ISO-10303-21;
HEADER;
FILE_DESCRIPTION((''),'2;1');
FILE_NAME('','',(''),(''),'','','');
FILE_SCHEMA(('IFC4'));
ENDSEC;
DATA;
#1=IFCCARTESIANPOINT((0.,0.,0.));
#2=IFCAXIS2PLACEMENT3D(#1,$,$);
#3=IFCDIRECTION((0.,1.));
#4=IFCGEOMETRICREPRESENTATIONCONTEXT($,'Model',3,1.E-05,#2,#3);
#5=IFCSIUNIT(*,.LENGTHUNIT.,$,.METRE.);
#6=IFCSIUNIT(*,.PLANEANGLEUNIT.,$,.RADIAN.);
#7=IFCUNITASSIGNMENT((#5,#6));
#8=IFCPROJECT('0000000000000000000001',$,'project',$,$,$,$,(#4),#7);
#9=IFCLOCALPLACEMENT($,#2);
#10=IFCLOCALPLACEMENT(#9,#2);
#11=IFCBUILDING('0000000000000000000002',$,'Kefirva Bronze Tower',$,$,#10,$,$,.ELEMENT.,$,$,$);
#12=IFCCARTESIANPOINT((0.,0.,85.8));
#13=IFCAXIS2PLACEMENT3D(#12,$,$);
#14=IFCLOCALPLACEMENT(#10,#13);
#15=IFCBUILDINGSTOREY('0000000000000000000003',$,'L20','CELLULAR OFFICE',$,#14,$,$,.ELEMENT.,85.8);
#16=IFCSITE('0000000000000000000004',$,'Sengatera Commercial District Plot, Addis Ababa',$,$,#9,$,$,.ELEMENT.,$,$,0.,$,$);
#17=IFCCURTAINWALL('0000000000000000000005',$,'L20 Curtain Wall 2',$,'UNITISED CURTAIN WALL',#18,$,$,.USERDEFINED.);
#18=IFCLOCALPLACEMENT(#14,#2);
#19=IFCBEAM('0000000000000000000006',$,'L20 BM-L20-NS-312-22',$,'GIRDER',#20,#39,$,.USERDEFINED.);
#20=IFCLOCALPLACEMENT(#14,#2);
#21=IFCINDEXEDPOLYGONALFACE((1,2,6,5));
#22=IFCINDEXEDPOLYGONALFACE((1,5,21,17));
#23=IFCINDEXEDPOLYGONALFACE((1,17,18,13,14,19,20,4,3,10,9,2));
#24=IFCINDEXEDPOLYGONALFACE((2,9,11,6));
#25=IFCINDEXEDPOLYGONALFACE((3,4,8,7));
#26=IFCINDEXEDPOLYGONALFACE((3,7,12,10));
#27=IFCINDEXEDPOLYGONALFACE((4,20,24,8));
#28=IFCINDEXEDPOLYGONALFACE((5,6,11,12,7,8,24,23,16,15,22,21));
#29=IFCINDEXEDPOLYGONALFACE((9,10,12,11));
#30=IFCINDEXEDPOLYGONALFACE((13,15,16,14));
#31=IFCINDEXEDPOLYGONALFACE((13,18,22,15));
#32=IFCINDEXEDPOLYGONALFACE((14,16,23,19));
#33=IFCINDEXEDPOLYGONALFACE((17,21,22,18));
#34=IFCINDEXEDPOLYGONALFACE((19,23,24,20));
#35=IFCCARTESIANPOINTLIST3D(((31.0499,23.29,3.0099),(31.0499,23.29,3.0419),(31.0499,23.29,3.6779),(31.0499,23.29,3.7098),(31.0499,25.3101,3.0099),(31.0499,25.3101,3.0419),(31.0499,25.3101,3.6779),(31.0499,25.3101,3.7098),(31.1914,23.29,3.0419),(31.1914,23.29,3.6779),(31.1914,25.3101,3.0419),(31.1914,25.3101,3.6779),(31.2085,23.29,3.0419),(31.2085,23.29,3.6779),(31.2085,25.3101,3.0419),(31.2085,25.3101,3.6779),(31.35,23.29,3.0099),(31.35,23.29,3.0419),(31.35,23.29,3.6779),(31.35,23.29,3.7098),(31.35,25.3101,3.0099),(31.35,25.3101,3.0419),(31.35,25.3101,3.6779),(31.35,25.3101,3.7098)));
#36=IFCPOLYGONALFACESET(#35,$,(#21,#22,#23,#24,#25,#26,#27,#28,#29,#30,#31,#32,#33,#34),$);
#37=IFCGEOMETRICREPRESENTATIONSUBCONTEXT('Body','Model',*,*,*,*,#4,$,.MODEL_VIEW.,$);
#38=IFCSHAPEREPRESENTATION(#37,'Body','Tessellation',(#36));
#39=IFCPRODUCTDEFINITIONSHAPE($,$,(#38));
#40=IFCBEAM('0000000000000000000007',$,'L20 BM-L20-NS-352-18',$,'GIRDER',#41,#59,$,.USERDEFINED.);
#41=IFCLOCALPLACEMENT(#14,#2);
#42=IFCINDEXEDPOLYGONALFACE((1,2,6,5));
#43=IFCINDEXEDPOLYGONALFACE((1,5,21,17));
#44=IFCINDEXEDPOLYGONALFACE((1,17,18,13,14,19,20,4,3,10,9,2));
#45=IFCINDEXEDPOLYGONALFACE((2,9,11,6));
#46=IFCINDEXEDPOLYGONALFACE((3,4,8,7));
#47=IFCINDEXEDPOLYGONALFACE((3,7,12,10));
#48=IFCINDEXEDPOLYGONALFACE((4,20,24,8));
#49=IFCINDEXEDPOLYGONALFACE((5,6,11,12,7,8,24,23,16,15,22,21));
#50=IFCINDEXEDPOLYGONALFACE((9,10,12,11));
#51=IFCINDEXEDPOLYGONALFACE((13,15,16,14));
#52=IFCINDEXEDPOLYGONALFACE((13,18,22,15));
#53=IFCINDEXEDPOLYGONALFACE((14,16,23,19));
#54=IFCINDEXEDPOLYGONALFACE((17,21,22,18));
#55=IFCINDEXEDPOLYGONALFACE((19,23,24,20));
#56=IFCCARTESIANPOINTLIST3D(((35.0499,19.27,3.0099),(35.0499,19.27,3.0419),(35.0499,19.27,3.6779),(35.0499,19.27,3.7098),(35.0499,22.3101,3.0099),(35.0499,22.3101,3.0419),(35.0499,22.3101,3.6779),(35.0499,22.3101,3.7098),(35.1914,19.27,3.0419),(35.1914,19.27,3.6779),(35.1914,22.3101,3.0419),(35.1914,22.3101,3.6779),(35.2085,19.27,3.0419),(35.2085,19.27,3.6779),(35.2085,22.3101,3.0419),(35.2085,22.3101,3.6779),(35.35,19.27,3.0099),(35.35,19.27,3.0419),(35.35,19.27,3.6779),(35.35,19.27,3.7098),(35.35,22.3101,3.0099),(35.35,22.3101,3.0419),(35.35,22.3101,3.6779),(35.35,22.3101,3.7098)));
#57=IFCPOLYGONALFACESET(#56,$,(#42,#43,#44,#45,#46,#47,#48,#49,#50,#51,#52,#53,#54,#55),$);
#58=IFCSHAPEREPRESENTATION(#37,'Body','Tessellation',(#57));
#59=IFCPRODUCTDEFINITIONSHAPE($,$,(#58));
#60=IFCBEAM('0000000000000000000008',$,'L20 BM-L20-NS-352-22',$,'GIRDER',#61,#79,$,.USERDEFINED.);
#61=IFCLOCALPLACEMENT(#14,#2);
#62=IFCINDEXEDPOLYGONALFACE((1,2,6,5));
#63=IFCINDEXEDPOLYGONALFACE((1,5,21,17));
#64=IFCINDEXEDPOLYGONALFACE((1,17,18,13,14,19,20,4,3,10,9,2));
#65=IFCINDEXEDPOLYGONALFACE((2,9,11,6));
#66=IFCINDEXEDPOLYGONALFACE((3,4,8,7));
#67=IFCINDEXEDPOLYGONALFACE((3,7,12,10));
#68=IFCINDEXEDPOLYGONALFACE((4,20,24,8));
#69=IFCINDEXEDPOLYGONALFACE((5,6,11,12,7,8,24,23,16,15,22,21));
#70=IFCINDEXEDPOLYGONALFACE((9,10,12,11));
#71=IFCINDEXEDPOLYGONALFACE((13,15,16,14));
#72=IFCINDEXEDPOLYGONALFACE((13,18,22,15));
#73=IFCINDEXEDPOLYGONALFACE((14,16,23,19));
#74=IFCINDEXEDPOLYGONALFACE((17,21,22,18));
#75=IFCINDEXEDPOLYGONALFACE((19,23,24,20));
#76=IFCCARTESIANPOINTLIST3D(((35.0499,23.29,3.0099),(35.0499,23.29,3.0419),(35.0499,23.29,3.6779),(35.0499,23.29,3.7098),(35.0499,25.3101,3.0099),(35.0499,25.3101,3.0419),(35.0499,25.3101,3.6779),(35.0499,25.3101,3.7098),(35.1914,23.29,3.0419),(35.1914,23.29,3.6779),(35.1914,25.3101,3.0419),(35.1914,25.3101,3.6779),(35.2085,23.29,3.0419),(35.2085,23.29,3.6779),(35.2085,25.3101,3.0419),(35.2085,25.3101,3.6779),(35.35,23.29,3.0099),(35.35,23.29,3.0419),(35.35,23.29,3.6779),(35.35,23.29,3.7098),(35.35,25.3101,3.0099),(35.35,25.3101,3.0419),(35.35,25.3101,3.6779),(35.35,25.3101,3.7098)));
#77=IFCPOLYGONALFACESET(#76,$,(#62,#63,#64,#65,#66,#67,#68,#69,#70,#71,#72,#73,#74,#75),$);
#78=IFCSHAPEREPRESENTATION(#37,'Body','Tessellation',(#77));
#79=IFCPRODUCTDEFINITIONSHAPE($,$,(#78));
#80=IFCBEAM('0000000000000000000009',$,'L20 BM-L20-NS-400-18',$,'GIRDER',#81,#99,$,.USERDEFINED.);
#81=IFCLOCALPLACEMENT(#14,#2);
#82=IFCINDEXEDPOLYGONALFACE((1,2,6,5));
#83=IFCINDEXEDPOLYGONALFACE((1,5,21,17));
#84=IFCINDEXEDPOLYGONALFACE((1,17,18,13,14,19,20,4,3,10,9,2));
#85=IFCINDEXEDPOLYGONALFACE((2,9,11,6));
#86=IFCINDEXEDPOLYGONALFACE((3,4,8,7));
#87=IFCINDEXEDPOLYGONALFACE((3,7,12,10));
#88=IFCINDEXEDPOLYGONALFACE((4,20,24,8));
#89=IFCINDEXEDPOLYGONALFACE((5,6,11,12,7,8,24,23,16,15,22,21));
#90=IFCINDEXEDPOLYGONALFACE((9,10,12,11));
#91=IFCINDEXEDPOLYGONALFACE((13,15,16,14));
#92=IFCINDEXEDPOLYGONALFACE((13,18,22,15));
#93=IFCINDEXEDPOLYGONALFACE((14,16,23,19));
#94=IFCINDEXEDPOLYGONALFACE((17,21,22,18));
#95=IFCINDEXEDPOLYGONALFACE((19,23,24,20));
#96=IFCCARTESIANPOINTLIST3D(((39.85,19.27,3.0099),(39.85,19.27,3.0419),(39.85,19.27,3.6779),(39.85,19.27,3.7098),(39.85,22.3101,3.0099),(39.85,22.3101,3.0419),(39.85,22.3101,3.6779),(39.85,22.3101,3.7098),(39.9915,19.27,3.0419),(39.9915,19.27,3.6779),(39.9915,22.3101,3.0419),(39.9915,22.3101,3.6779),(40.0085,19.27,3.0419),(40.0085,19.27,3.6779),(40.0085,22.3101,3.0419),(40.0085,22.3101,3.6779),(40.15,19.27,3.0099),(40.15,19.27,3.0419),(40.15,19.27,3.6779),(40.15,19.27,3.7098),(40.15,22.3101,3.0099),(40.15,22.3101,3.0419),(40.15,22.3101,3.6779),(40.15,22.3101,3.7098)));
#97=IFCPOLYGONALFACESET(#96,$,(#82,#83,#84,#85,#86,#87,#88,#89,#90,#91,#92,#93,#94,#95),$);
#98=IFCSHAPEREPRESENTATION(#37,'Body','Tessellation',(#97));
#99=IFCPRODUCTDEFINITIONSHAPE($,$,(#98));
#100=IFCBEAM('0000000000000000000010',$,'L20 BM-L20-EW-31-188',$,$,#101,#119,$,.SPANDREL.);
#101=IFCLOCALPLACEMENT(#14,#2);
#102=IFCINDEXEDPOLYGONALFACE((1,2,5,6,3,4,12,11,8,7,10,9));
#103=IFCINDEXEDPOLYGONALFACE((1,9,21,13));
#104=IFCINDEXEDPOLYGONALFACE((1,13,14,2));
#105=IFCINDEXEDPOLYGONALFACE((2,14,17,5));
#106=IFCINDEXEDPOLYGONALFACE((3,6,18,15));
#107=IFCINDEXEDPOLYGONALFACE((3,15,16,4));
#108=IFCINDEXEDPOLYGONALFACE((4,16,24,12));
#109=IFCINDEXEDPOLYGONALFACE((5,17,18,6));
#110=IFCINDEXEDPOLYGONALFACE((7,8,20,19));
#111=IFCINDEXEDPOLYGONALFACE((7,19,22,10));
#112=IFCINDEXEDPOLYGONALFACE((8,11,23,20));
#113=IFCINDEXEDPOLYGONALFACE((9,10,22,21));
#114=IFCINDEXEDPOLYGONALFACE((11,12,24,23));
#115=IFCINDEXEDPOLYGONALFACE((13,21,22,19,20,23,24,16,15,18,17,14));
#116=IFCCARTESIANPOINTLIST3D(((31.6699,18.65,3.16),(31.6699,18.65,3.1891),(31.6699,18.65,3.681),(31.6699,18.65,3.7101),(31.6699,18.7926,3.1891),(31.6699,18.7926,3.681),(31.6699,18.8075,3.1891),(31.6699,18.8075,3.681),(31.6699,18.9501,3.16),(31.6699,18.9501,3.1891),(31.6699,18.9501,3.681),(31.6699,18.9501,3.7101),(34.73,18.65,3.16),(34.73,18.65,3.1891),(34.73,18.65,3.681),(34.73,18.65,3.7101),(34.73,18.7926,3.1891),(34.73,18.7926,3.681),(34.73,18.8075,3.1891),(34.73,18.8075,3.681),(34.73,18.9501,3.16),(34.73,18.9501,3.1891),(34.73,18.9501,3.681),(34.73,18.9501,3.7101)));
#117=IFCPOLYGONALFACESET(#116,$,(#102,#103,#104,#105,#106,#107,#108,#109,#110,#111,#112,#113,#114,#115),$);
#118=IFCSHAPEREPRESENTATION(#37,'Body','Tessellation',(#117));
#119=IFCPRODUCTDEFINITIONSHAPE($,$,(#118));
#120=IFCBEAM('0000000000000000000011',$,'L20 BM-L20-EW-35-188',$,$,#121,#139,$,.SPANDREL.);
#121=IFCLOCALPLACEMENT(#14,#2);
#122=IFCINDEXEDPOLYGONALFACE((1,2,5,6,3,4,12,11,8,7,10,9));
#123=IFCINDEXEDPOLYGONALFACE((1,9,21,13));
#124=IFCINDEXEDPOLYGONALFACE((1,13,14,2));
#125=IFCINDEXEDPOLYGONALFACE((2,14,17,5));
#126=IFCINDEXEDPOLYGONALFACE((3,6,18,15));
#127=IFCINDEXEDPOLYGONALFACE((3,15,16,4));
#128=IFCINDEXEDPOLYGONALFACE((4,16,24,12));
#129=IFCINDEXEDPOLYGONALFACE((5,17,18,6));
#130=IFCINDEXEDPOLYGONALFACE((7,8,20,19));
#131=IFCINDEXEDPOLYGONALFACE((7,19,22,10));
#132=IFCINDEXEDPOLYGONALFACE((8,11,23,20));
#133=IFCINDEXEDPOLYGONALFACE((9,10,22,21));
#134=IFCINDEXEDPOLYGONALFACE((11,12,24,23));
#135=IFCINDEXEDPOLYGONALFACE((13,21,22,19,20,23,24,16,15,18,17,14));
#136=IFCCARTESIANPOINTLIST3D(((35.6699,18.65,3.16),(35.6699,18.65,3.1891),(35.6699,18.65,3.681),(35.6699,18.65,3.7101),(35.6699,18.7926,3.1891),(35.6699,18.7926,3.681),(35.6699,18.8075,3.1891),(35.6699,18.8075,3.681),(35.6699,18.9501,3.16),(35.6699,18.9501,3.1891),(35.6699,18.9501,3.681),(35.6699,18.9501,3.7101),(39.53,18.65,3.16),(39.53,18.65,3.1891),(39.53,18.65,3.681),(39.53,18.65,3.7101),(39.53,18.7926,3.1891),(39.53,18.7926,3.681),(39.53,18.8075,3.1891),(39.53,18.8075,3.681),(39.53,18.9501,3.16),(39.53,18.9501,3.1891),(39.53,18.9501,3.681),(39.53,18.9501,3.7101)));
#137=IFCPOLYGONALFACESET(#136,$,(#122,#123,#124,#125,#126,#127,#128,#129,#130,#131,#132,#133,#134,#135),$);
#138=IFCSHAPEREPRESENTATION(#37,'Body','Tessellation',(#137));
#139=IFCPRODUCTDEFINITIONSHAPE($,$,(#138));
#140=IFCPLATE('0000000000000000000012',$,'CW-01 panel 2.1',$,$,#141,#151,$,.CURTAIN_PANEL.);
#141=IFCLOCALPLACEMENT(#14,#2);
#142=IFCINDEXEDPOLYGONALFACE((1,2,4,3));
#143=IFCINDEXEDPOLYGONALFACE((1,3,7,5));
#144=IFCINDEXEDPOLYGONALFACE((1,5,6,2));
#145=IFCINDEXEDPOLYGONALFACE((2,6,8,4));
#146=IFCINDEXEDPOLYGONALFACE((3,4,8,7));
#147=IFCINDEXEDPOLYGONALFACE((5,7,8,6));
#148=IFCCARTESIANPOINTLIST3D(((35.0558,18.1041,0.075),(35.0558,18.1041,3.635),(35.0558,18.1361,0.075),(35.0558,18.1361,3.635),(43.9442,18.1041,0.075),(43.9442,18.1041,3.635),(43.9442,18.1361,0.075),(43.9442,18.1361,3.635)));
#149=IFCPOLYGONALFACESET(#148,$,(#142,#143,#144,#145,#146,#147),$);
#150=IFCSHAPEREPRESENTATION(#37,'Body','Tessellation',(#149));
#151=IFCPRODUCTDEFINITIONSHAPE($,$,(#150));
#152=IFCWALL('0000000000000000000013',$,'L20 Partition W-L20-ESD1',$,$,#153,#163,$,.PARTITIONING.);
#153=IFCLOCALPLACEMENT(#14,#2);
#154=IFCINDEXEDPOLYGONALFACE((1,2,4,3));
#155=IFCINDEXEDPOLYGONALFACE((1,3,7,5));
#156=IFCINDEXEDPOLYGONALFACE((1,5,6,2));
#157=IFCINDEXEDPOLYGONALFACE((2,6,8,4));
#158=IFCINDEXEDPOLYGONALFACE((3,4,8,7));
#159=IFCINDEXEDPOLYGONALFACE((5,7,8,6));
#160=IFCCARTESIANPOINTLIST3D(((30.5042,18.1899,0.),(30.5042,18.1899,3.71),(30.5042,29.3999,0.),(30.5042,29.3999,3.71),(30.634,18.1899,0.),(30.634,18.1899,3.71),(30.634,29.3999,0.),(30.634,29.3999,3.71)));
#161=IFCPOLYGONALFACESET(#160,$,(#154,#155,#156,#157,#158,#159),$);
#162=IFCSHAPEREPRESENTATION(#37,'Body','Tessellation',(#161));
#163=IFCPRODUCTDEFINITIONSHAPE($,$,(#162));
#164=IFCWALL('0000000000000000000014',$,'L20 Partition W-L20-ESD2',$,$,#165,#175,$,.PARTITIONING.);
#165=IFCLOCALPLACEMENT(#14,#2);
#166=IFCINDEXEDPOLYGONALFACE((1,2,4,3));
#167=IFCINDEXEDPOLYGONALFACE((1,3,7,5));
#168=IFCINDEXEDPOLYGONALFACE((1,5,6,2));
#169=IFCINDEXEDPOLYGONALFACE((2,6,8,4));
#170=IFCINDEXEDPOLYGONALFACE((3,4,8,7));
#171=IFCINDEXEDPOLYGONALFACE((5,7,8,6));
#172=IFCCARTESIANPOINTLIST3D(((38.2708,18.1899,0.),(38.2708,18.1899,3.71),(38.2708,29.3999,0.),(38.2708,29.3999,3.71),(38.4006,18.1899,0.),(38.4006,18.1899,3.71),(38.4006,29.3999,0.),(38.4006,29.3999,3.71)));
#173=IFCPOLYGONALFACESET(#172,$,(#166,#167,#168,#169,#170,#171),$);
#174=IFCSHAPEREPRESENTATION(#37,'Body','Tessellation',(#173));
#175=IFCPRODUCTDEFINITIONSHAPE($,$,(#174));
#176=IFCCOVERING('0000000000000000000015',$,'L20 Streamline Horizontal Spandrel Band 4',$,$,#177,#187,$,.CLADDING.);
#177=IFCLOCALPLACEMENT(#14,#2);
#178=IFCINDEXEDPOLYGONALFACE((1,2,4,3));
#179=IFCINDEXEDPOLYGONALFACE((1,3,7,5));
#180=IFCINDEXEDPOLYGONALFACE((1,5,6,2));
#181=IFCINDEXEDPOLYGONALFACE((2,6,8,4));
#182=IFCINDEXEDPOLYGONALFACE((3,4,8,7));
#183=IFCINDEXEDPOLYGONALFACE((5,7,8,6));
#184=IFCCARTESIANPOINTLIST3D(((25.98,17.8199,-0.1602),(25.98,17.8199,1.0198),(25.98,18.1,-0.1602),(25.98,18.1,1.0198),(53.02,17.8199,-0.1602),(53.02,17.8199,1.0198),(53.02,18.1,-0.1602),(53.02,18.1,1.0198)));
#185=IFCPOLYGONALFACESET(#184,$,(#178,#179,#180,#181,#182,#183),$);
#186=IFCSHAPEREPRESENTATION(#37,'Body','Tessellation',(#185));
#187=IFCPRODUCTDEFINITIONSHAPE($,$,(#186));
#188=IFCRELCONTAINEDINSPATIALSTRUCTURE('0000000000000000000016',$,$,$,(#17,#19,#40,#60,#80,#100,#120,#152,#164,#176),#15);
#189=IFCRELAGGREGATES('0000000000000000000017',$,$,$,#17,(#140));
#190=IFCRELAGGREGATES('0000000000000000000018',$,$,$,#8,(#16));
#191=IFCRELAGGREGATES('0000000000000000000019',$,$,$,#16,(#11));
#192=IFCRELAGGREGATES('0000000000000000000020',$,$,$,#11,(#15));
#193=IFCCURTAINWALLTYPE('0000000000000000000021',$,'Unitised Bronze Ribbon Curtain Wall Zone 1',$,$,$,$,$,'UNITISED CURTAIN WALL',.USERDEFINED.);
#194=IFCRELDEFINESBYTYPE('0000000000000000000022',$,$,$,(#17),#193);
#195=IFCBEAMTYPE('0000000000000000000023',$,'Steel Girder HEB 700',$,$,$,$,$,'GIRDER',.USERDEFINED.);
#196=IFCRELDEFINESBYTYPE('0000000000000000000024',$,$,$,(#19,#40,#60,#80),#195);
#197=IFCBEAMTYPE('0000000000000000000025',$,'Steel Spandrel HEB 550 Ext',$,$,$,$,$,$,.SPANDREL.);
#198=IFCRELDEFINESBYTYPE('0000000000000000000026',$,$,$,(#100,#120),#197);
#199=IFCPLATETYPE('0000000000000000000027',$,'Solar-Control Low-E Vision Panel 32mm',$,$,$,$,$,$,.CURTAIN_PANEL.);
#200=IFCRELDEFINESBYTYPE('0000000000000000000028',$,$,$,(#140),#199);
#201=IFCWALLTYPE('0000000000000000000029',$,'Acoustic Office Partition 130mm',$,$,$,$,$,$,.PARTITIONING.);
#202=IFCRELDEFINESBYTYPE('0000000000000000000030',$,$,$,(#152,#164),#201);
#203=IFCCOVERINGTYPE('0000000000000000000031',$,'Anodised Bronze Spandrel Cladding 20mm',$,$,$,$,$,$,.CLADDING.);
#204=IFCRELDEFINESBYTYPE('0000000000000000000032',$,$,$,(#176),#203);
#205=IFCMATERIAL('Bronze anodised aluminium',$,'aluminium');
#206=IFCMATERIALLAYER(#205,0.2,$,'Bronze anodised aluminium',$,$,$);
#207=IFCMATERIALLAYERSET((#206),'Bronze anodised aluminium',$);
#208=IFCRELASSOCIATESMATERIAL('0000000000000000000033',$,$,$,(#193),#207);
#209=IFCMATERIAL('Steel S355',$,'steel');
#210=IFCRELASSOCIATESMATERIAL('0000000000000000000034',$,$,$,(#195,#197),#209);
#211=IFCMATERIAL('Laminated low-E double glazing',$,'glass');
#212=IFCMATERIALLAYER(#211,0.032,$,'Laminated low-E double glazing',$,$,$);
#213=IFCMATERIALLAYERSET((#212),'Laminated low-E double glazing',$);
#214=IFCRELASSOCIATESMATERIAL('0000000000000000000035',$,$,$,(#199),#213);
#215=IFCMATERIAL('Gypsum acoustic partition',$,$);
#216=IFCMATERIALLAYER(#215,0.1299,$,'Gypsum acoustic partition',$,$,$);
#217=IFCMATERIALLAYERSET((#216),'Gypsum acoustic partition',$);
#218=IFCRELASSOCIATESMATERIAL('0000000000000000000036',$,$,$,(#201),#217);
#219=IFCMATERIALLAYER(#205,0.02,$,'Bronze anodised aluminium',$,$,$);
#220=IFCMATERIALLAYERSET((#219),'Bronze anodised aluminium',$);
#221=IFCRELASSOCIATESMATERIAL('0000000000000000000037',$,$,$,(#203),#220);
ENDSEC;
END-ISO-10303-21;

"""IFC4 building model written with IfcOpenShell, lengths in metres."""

from ifc_helpers import new_model, si_unit, direction, frame, frame_2d, origin, origin_2d, place, context, subcontext, project, spatial, rectangle, i_section, extrude, material, layer, layer_set, material_profile, profile_set, type_object, element, aggregate, save


model = new_model("IFC4")

# Units and contexts
model_context = context("Model", 3, precision=1e-05, world=origin(), true_north=direction((0.0, 1.0)))
body_context = subcontext(model_context, "Body", "Model", "MODEL_VIEW")
ifc_project = project(units=[si_unit("LENGTHUNIT", "METRE"), si_unit("PLANEANGLEUNIT", "RADIAN")], contexts=[model_context])

# Site, building, storey
site_placement = place(None, origin())
site = spatial("IfcSite", under=ifc_project, at=site_placement, Name="Sengatera Commercial District Plot, Addis Ababa", CompositionType="ELEMENT", RefElevation=0.0)
building_placement = place(site_placement, origin())
building = spatial("IfcBuilding", under=site, at=building_placement, Name="Kefirva Bronze Tower", CompositionType="ELEMENT")
storey_placement = place(building_placement, frame((0.0, 0.0, 85.8)))
storey = spatial("IfcBuildingStorey", under=building, at=storey_placement, Name="L20", Description="CELLULAR OFFICE", CompositionType="ELEMENT", Elevation=85.8)

# Curtain wall
ifc_material_1 = material(Name="Bronze anodised aluminium", Category="aluminium")
ifc_layer_1 = layer(ifc_material_1, 0.2, Name="Bronze anodised aluminium")
ifc_layer_set_1 = layer_set([ifc_layer_1], Name="Bronze anodised aluminium")
curtain_wall_type = type_object("IfcCurtainWallType", Name="Unitised Bronze Ribbon Curtain Wall Zone 1", ElementType="UNITISED CURTAIN WALL", PredefinedType="USERDEFINED", material=ifc_layer_set_1)
curtain_wall_placement = place(storey_placement, origin())
curtain_wall = element("IfcCurtainWall", 1, at=curtain_wall_placement, inside=storey, type_object=curtain_wall_type, Name="L20 Curtain Wall 2", ObjectType="UNITISED CURTAIN WALL", PredefinedType="USERDEFINED")

# Beams
ifc_material_2 = material(Name="Steel S355", Category="steel")
ifc_material_profile_1 = material_profile(ifc_material_2, i_section(OverallWidth=0.3, OverallDepth=0.7, WebThickness=0.0171, FlangeThickness=0.032, at=origin_2d()), Name="HEB 700")
ifc_profile_set_1 = profile_set([ifc_material_profile_1], Name="Steel S355")
beam_type_1 = type_object("IfcBeamType", Name="Steel Girder HEB 700", ElementType="GIRDER", PredefinedType="USERDEFINED", material=ifc_profile_set_1)
beam_1_placement = place(storey_placement, frame((31.2, 23.29, 3.3599), z_axis=(0.0, 1.0, 0.0), x_axis=(-1.0, 0.0, 0.0)))
element("IfcBeam", 2, at=beam_1_placement, inside=storey, type_object=beam_type_1, Name="L20 BM-L20-NS-312-22", ObjectType="GIRDER", PredefinedType="USERDEFINED", context=body_context, shape_type="SweptSolid", body=[
    extrude(i_section(OverallWidth=0.3, OverallDepth=0.7, WebThickness=0.0171, FlangeThickness=0.032, at=origin_2d()), origin(), (0.0, 0.0, 1.0), 2.02),
])
beam_2_placement = place(storey_placement, frame((35.2, 19.27, 3.3599), z_axis=(0.0, 1.0, 0.0), x_axis=(-1.0, 0.0, 0.0)))
element("IfcBeam", 3, at=beam_2_placement, inside=storey, type_object=beam_type_1, Name="L20 BM-L20-NS-352-18", ObjectType="GIRDER", PredefinedType="USERDEFINED", context=body_context, shape_type="SweptSolid", body=[
    extrude(i_section(OverallWidth=0.3, OverallDepth=0.7, WebThickness=0.0171, FlangeThickness=0.032, at=origin_2d()), origin(), (0.0, 0.0, 1.0), 3.04),
])
beam_3_placement = place(storey_placement, frame((35.2, 23.29, 3.3599), z_axis=(0.0, 1.0, 0.0), x_axis=(-1.0, 0.0, 0.0)))
element("IfcBeam", 4, at=beam_3_placement, inside=storey, type_object=beam_type_1, Name="L20 BM-L20-NS-352-22", ObjectType="GIRDER", PredefinedType="USERDEFINED", context=body_context, shape_type="SweptSolid", body=[
    extrude(i_section(OverallWidth=0.3, OverallDepth=0.7, WebThickness=0.0171, FlangeThickness=0.032, at=origin_2d()), origin(), (0.0, 0.0, 1.0), 2.02),
])
beam_4_placement = place(storey_placement, frame((40.0, 19.27, 3.3599), z_axis=(0.0, 1.0, 0.0), x_axis=(-1.0, 0.0, 0.0)))
element("IfcBeam", 5, at=beam_4_placement, inside=storey, type_object=beam_type_1, Name="L20 BM-L20-NS-400-18", ObjectType="GIRDER", PredefinedType="USERDEFINED", context=body_context, shape_type="SweptSolid", body=[
    extrude(i_section(OverallWidth=0.3, OverallDepth=0.7, WebThickness=0.0171, FlangeThickness=0.032, at=origin_2d()), origin(), (0.0, 0.0, 1.0), 3.04),
])
ifc_material_profile_2 = material_profile(ifc_material_2, i_section(OverallWidth=0.3, OverallDepth=0.55, WebThickness=0.0149, FlangeThickness=0.0291, at=origin_2d()), Name="HEB 550")
ifc_profile_set_2 = profile_set([ifc_material_profile_2], Name="Steel S355")
beam_type_2 = type_object("IfcBeamType", Name="Steel Spandrel HEB 550 Ext", PredefinedType="SPANDREL", material=ifc_profile_set_2)
beam_5_placement = place(storey_placement, frame((31.6699, 18.8, 3.4351), z_axis=(1.0, 0.0, 0.0), x_axis=(0.0, 1.0, 0.0)))
element("IfcBeam", 6, at=beam_5_placement, inside=storey, type_object=beam_type_2, Name="L20 BM-L20-EW-31-188", PredefinedType="SPANDREL", context=body_context, shape_type="SweptSolid", body=[
    extrude(i_section(OverallWidth=0.3, OverallDepth=0.55, WebThickness=0.0149, FlangeThickness=0.0291, at=origin_2d()), origin(), (0.0, 0.0, 1.0), 3.0601),
])
beam_6_placement = place(storey_placement, frame((35.6699, 18.8, 3.4351), z_axis=(1.0, 0.0, 0.0), x_axis=(0.0, 1.0, 0.0)))
element("IfcBeam", 7, at=beam_6_placement, inside=storey, type_object=beam_type_2, Name="L20 BM-L20-EW-35-188", PredefinedType="SPANDREL", context=body_context, shape_type="SweptSolid", body=[
    extrude(i_section(OverallWidth=0.3, OverallDepth=0.55, WebThickness=0.0149, FlangeThickness=0.0291, at=origin_2d()), origin(), (0.0, 0.0, 1.0), 3.8601),
])

# Plate
ifc_material_3 = material(Name="Laminated low-E double glazing", Category="glass")
ifc_layer_2 = layer(ifc_material_3, 0.032, Name="Laminated low-E double glazing")
ifc_layer_set_2 = layer_set([ifc_layer_2], Name="Laminated low-E double glazing")
plate_type = type_object("IfcPlateType", Name="Solar-Control Low-E Vision Panel 32mm", PredefinedType="CURTAIN_PANEL", material=ifc_layer_set_2)
plate_placement = place(storey_placement, frame((39.5, 18.1201, 0.075), z_axis=(0.0, 0.0, 1.0), x_axis=(1.0, 0.0, 0.0)))
plate = element("IfcPlate", 8, at=plate_placement, type_object=plate_type, Name="CW-01 panel 2.1", PredefinedType="CURTAIN_PANEL", context=body_context, shape_type="SweptSolid", body=[
    extrude(rectangle(XDim=8.8884, YDim=0.032, at=origin_2d()), origin(), (0.0, 0.0, 1.0), 3.5601),
])
aggregate(curtain_wall, [plate])

# Walls
ifc_material_4 = material(Name="Gypsum acoustic partition")
ifc_layer_3 = layer(ifc_material_4, 0.1299, Name="Gypsum acoustic partition")
ifc_layer_set_3 = layer_set([ifc_layer_3], Name="Gypsum acoustic partition")
wall_type = type_object("IfcWallType", Name="Acoustic Office Partition 130mm", PredefinedType="PARTITIONING", material=ifc_layer_set_3)
for number, where, z_axis, x_axis, name in (
    (9, (30.5691, 18.1899, 0.0), (0.0, 0.0, 1.0), (0.0, 1.0, 0.0), "L20 Partition W-L20-ESD1"),
    (10, (38.3357, 18.1899, 0.0), (0.0, 0.0, 1.0), (0.0, 1.0, 0.0), "L20 Partition W-L20-ESD2"),
):
    element("IfcWall", number, at=place(storey_placement, frame(where, z_axis=z_axis, x_axis=x_axis)), inside=storey, type_object=wall_type, Name=name, PredefinedType="PARTITIONING", context=body_context, shape_type="SweptSolid", body=[
        extrude(rectangle(XDim=11.21, YDim=0.1299, at=frame_2d((5.605, 0.0))), origin(), (0.0, 0.0, 1.0), 3.71),
    ])

# Covering
ifc_layer_4 = layer(ifc_material_1, 0.02, Name="Bronze anodised aluminium")
ifc_layer_set_4 = layer_set([ifc_layer_4], Name="Bronze anodised aluminium")
covering_type_1 = type_object("IfcCoveringType", Name="Anodised Bronze Spandrel Cladding 20mm", PredefinedType="CLADDING", material=ifc_layer_set_4)
covering_1_placement = place(storey_placement, frame((39.5, 17.96, -0.1602), z_axis=(0.0, 0.0, 1.0), x_axis=(1.0, 0.0, 0.0)))
element("IfcCovering", 11, at=covering_1_placement, inside=storey, type_object=covering_type_1, Name="L20 Streamline Horizontal Spandrel Band 4", PredefinedType="CLADDING", context=body_context, shape_type="SweptSolid", body=[
    extrude(rectangle(XDim=27.04, YDim=0.28, at=origin_2d()), origin(), (0.0, 0.0, 1.0), 1.1799),
])

save(model, "model.ifc")
